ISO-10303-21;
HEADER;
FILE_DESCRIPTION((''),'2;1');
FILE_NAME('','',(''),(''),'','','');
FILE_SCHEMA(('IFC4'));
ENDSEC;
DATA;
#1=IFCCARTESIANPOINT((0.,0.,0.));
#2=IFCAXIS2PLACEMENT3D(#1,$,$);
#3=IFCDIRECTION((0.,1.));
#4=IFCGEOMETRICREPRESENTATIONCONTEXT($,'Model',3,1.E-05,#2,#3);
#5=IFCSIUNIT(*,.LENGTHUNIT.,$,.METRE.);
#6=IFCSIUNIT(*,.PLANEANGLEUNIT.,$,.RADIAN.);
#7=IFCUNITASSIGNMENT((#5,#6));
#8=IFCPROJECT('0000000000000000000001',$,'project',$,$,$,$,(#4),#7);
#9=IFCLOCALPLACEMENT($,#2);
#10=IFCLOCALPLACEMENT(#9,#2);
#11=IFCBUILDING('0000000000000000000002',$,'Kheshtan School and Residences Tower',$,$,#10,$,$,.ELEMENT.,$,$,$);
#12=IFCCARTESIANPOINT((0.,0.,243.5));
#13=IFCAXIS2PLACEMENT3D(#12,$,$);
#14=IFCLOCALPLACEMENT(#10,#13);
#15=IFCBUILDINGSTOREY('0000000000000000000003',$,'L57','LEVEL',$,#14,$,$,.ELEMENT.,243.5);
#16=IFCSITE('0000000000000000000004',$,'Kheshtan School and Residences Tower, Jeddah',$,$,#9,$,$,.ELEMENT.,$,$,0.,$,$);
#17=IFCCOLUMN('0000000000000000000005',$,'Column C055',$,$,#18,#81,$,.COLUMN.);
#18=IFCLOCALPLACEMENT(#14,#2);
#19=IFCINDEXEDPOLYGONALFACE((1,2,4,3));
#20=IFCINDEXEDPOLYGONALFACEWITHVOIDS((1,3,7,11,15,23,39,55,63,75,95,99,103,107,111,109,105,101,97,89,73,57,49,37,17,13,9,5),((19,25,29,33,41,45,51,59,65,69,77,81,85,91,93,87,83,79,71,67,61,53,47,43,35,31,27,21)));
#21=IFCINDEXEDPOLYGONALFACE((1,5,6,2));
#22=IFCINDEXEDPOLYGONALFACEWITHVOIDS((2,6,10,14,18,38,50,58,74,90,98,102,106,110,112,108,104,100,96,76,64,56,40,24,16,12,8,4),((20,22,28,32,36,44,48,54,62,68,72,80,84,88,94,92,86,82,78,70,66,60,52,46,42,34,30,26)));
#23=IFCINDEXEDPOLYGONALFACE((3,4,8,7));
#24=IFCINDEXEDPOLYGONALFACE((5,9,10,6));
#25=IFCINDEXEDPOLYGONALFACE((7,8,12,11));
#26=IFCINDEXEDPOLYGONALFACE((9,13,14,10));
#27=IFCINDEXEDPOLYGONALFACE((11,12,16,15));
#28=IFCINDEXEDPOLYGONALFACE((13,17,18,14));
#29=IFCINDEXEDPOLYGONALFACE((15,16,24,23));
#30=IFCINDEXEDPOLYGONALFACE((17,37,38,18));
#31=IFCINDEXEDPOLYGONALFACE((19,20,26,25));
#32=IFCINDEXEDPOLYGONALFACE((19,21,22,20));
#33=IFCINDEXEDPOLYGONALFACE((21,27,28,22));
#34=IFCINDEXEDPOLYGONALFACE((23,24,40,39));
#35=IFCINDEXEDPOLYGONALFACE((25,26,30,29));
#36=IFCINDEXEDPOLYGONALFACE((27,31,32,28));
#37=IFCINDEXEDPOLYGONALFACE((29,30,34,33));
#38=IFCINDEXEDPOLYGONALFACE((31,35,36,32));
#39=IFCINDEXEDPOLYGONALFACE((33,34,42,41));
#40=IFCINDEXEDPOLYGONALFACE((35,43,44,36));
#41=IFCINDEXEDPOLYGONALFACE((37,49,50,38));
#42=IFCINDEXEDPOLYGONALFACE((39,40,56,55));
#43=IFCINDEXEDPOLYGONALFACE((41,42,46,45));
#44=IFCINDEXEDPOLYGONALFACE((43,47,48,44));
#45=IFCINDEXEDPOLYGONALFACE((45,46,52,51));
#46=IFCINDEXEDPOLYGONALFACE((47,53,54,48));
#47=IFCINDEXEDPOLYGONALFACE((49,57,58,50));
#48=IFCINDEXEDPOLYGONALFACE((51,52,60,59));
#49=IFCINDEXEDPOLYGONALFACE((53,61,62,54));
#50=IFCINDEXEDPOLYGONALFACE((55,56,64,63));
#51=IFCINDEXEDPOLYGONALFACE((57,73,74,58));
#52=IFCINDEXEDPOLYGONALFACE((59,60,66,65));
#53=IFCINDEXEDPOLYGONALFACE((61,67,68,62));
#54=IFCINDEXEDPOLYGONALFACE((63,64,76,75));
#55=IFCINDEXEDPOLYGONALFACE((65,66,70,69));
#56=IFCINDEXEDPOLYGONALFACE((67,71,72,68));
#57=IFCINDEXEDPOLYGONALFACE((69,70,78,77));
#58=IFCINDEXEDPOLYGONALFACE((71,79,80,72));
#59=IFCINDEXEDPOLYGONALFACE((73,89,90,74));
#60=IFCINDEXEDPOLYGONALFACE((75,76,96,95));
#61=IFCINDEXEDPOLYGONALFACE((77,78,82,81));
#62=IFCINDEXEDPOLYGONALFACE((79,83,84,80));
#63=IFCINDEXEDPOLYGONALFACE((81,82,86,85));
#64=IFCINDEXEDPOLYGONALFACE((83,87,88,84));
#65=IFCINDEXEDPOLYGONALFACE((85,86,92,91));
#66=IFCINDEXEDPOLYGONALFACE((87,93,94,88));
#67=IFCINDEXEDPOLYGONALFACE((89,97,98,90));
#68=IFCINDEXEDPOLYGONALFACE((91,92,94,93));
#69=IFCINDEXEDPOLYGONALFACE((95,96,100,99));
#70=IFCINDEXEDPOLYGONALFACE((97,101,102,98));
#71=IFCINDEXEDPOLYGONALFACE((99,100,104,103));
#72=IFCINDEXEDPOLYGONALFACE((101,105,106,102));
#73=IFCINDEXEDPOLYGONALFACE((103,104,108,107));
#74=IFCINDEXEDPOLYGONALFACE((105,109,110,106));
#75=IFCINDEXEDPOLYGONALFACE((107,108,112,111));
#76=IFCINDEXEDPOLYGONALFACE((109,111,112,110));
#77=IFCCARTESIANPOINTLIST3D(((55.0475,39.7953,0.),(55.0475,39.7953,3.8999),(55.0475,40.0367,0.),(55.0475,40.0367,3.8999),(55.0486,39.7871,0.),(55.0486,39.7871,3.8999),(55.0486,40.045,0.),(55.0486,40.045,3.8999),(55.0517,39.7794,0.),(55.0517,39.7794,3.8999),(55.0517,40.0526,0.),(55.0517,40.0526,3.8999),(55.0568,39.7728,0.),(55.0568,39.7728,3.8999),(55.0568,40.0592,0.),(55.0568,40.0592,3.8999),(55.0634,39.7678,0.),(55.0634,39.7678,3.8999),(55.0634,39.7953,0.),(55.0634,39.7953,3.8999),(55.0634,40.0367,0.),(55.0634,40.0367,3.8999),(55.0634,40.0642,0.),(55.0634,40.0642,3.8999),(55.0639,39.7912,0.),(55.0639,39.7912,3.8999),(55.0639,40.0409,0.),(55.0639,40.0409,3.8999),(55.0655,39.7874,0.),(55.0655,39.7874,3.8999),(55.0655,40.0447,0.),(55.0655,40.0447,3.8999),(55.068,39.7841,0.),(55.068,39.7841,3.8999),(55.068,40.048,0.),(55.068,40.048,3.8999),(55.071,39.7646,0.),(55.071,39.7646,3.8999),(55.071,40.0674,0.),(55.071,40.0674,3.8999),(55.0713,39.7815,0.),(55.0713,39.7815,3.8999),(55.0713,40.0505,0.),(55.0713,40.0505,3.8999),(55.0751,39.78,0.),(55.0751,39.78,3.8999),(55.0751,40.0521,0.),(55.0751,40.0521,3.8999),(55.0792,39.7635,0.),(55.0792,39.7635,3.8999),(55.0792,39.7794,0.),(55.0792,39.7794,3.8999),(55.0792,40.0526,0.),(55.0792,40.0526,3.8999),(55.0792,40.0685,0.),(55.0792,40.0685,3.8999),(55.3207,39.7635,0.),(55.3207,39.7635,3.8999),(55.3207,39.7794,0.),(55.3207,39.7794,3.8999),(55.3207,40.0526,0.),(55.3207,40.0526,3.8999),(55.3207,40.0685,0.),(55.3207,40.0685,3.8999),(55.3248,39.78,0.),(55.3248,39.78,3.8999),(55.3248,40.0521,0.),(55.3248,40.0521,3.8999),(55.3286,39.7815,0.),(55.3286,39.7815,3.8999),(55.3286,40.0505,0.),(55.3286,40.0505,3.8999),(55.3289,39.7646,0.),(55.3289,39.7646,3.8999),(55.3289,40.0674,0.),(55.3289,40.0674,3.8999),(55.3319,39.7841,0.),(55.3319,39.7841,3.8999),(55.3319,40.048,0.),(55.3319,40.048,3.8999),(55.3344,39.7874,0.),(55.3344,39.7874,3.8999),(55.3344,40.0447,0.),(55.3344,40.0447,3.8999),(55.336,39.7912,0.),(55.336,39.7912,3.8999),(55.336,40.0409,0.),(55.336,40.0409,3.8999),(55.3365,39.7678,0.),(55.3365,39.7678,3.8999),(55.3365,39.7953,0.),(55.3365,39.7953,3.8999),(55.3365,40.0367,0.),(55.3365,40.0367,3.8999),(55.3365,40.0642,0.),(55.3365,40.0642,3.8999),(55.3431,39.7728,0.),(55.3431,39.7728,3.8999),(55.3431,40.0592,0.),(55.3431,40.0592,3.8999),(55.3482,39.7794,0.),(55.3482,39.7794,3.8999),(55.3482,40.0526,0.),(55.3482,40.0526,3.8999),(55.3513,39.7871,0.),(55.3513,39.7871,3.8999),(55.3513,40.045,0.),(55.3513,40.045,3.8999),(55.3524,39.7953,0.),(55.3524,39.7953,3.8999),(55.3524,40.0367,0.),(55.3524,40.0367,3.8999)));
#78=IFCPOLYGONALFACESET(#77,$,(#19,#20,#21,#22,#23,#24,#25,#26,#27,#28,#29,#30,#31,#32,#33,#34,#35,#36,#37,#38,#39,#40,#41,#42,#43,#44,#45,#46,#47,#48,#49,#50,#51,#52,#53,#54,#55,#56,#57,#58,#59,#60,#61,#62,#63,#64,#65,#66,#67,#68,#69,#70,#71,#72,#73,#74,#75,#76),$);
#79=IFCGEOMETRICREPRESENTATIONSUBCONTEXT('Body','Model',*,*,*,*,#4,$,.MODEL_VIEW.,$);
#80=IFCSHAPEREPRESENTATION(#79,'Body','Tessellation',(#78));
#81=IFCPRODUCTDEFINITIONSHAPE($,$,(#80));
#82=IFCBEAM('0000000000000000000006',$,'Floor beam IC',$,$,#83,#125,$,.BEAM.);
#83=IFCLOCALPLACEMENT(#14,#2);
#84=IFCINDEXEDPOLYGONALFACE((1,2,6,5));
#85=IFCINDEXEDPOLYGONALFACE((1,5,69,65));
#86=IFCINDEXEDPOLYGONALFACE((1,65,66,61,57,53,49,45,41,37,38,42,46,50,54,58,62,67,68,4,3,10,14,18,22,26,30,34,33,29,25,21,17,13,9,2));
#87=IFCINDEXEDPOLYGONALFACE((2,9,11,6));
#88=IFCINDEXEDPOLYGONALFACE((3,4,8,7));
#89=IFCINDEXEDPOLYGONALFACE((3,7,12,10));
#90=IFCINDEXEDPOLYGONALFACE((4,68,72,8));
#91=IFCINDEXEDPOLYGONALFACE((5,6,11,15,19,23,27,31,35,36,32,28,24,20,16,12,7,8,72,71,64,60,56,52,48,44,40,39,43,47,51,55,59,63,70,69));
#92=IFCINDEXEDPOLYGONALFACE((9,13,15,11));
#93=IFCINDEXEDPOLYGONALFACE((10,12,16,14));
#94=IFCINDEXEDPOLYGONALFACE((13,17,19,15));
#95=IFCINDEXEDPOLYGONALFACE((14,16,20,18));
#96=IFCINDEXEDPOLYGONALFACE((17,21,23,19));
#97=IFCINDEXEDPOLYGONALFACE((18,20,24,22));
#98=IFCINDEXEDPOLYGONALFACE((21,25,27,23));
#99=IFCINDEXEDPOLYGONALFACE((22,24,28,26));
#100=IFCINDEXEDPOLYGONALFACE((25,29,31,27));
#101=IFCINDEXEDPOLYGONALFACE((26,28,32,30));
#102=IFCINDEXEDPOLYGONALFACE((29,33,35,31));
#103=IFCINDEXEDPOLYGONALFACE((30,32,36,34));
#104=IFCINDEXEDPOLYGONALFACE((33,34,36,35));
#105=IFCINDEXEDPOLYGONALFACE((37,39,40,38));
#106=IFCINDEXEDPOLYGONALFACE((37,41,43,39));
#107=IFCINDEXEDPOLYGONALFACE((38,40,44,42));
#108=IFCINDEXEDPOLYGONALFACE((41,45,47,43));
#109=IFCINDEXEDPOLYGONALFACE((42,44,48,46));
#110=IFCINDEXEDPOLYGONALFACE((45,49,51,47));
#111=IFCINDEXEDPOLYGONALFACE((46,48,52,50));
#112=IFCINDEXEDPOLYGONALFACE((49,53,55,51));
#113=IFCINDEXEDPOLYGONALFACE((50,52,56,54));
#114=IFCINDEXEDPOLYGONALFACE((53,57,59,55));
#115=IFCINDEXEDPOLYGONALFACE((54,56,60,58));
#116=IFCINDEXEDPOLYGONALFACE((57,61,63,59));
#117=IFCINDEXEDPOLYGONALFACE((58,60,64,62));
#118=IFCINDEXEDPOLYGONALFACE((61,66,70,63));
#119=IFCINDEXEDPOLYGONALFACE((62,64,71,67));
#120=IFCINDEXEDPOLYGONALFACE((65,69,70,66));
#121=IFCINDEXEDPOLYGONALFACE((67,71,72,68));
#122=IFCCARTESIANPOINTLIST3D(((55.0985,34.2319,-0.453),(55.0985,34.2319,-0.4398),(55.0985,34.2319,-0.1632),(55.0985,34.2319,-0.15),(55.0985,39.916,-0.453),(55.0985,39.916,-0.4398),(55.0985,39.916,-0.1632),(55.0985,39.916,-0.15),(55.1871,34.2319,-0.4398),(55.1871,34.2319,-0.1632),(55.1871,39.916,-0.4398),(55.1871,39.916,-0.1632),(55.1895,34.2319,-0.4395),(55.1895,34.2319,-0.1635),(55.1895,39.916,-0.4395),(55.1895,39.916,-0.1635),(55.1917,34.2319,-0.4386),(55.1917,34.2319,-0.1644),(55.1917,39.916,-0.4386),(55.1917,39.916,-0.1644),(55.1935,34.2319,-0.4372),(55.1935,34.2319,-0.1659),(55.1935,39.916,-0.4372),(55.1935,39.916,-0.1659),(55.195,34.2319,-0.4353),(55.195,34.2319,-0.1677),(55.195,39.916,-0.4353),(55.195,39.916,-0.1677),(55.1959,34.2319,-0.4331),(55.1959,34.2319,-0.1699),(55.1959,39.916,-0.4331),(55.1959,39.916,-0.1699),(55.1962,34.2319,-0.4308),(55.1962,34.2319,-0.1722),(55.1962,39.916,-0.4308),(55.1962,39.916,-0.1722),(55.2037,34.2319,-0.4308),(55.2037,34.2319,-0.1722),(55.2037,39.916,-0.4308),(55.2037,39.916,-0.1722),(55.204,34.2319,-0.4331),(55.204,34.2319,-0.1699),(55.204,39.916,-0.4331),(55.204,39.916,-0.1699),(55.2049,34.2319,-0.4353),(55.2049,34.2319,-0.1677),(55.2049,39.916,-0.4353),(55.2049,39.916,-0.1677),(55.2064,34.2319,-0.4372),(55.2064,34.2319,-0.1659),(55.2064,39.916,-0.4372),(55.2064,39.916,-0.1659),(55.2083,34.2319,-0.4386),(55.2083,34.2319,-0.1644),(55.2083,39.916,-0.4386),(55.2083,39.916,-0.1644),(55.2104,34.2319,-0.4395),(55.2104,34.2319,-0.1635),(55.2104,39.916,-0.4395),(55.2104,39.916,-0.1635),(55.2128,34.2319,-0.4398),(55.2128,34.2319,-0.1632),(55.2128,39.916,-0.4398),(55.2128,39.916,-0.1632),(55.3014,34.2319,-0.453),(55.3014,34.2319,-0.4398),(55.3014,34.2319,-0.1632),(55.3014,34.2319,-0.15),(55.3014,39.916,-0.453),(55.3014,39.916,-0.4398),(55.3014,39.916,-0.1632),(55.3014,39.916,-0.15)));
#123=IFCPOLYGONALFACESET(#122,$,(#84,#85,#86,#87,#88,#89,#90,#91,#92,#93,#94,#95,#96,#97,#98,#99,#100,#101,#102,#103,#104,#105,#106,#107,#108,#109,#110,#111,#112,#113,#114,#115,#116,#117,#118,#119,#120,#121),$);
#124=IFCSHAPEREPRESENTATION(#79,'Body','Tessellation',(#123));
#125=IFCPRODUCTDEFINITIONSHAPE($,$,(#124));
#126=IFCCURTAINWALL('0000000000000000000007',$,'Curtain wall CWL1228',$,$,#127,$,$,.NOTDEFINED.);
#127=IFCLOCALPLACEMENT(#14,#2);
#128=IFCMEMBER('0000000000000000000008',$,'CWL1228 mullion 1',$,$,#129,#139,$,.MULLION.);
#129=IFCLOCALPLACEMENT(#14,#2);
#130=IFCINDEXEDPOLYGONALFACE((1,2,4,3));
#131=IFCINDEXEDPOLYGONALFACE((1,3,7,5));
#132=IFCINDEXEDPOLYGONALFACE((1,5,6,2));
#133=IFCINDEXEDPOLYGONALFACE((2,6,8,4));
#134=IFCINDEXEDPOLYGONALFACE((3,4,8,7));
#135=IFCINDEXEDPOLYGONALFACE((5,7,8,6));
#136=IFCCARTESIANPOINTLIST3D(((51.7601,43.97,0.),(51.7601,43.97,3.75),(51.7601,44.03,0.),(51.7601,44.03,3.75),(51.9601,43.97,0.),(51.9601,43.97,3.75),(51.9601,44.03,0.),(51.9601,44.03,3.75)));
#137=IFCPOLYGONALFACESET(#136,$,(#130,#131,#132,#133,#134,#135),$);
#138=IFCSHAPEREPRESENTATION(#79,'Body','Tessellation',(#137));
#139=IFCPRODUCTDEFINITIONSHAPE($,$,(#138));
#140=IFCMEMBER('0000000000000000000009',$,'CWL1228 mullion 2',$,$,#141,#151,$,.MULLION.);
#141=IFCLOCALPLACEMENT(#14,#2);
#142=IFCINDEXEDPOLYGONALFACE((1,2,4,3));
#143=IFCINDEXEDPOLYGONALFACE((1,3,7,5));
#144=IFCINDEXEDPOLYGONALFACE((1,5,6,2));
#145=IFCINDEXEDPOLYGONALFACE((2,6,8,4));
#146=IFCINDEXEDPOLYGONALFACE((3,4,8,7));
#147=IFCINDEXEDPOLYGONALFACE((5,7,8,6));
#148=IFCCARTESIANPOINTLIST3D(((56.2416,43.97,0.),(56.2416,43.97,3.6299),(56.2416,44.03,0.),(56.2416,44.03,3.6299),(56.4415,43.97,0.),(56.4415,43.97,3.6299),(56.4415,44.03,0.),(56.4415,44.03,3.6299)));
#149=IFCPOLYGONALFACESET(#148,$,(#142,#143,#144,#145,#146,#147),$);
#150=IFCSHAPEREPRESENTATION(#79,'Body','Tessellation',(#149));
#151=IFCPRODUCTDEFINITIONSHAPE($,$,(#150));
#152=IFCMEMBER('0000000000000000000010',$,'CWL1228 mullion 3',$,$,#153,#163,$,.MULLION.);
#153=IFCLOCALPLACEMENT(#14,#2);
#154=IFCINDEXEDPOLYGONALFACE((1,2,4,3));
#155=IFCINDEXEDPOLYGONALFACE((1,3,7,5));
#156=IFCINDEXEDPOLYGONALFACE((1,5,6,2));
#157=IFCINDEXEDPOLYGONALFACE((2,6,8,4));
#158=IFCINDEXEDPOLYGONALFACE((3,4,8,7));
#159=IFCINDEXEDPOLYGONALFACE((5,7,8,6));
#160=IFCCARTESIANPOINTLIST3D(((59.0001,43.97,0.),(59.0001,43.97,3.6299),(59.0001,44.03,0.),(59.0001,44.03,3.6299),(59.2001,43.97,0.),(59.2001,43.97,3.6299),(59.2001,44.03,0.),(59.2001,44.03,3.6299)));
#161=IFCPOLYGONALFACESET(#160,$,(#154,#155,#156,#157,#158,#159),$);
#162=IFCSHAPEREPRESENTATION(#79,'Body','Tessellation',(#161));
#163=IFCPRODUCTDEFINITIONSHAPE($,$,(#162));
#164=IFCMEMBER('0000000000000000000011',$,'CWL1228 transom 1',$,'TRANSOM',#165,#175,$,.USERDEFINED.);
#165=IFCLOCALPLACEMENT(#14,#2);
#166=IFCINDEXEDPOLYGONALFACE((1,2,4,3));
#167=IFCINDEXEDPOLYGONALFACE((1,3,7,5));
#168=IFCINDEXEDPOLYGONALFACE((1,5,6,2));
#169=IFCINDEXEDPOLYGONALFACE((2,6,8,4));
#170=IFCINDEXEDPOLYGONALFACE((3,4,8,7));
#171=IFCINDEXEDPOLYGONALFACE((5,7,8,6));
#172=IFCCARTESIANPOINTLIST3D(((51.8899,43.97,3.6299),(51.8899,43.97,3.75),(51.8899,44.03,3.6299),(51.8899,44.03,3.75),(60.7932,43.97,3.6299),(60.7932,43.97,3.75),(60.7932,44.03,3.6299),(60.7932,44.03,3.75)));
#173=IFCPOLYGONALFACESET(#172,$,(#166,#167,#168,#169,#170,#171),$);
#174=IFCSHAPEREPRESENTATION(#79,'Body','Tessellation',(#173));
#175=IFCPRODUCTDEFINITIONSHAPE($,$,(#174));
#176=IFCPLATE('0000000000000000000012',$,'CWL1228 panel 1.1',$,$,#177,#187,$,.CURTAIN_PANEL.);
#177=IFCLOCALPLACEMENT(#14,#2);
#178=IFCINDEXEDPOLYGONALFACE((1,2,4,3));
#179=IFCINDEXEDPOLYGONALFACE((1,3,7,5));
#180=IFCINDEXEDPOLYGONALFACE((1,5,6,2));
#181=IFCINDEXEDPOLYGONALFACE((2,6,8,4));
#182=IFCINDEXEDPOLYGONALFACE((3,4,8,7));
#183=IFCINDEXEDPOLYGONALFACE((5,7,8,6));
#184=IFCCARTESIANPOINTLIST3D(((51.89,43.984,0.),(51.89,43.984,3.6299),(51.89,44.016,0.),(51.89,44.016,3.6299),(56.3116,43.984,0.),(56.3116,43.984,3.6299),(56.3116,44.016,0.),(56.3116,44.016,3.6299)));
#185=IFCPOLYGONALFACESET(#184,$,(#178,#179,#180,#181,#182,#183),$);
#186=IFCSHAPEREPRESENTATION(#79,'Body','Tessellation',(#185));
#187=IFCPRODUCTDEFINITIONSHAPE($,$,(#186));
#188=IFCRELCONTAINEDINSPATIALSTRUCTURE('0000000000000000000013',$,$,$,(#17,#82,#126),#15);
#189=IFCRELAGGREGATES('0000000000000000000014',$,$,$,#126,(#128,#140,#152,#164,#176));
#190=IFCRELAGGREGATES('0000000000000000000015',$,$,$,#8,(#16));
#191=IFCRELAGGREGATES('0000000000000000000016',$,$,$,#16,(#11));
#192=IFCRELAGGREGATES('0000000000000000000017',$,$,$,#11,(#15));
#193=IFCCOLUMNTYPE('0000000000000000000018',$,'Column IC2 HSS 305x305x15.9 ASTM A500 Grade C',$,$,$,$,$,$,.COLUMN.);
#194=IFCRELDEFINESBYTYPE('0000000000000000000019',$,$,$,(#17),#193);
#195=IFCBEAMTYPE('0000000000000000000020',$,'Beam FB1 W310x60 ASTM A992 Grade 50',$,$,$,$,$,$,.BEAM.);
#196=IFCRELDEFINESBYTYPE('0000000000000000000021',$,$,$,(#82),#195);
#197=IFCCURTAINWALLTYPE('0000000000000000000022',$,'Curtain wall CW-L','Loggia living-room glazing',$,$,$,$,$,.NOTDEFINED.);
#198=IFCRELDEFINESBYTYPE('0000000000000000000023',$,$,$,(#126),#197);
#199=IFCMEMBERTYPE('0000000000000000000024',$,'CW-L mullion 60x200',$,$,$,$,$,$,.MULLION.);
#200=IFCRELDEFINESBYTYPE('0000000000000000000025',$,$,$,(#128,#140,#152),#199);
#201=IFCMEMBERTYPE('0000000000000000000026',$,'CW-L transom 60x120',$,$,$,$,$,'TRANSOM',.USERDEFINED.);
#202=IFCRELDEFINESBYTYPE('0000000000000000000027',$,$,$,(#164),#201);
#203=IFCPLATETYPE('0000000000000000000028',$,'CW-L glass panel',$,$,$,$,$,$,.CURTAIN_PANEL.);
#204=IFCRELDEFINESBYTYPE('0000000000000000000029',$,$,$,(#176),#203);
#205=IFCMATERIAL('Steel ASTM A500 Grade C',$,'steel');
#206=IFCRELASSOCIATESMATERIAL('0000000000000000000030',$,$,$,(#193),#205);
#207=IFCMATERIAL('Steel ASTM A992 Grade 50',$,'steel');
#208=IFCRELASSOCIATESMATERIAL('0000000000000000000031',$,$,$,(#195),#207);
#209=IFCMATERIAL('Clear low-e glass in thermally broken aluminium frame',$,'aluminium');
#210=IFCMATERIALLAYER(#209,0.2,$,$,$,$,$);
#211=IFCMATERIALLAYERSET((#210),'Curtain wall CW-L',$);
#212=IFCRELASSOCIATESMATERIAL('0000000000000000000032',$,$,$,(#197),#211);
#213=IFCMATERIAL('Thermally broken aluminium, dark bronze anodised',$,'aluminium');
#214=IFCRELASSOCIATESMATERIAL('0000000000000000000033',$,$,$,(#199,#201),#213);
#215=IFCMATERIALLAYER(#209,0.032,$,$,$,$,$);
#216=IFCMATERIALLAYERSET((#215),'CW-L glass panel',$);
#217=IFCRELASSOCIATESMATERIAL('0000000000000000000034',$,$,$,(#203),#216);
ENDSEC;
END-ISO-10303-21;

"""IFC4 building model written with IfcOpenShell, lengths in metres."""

from ifc_helpers import new_model, si_unit, direction, frame, origin, origin_2d, place, context, subcontext, project, spatial, rectangle, hollow_rectangle, i_section, extrude, material, layer, layer_set, material_profile, profile_set, type_object, element, aggregate, save


model = new_model("IFC4")

# Units and contexts
model_context = context("Model", 3, precision=1e-05, world=origin(), true_north=direction((0.0, 1.0)))
body_context = subcontext(model_context, "Body", "Model", "MODEL_VIEW")
ifc_project = project(units=[si_unit("LENGTHUNIT", "METRE"), si_unit("PLANEANGLEUNIT", "RADIAN")], contexts=[model_context])

# Site, building, storey
site_placement = place(None, origin())
site = spatial("IfcSite", under=ifc_project, at=site_placement, Name="Kheshtan School and Residences Tower, Jeddah", CompositionType="ELEMENT", RefElevation=0.0)
building_placement = place(site_placement, origin())
building = spatial("IfcBuilding", under=site, at=building_placement, Name="Kheshtan School and Residences Tower", CompositionType="ELEMENT")
storey_placement = place(building_placement, frame((0.0, 0.0, 243.5)))
storey = spatial("IfcBuildingStorey", under=building, at=storey_placement, Name="L57", Description="LEVEL", CompositionType="ELEMENT", Elevation=243.5)

# Column
ifc_material_1 = material(Name="Steel ASTM A500 Grade C", Category="steel")
ifc_material_profile_1 = material_profile(ifc_material_1, hollow_rectangle(XDim=0.3049, YDim=0.3049, WallThickness=0.0159, InnerFilletRadius=0.0159, OuterFilletRadius=0.0317, at=origin_2d()), Name="HSS 305x305x15.9")
ifc_profile_set_1 = profile_set([ifc_material_profile_1], Name="Steel ASTM A500 Grade C")
column_type = type_object("IfcColumnType", Name="Column IC2 HSS 305x305x15.9 ASTM A500 Grade C", PredefinedType="COLUMN", material=ifc_profile_set_1)
column_placement = place(storey_placement, frame((55.2, 39.916, 0.0), z_axis=(0.0, 0.0, 1.0), x_axis=(1.0, 0.0, 0.0)))
element("IfcColumn", 1, at=column_placement, inside=storey, type_object=column_type, Name="Column C055", PredefinedType="COLUMN", context=body_context, shape_type="SweptSolid", body=[
    extrude(hollow_rectangle(XDim=0.3049, YDim=0.3049, WallThickness=0.0159, InnerFilletRadius=0.0159, OuterFilletRadius=0.0317, at=origin_2d()), origin(), (0.0, 0.0, 1.0), 3.8999),
])

# Beam
ifc_material_2 = material(Name="Steel ASTM A992 Grade 50", Category="steel")
ifc_material_profile_2 = material_profile(ifc_material_2, i_section(OverallWidth=0.2029, OverallDepth=0.303, WebThickness=0.0076, FlangeThickness=0.0132, FilletRadius=0.009, at=origin_2d()), Name="W310x60")
ifc_profile_set_2 = profile_set([ifc_material_profile_2], Name="Steel ASTM A992 Grade 50")
beam_type = type_object("IfcBeamType", Name="Beam FB1 W310x60 ASTM A992 Grade 50", PredefinedType="BEAM", material=ifc_profile_set_2)
beam_placement = place(storey_placement, frame((55.2, 34.2319, -0.3015), z_axis=(0.0, 1.0, 0.0), x_axis=(-1.0, 0.0, 0.0)))
element("IfcBeam", 2, at=beam_placement, inside=storey, type_object=beam_type, Name="Floor beam IC", PredefinedType="BEAM", context=body_context, shape_type="SweptSolid", body=[
    extrude(i_section(OverallWidth=0.2029, OverallDepth=0.303, WebThickness=0.0076, FlangeThickness=0.0132, FilletRadius=0.009, at=origin_2d()), origin(), (0.0, 0.0, 1.0), 5.6841),
])

# Curtain wall, members, plate
ifc_material_3 = material(Name="Clear low-e glass in thermally broken aluminium frame", Category="aluminium")
ifc_layer_1 = layer(ifc_material_3, 0.2)
ifc_layer_set_1 = layer_set([ifc_layer_1], Name="Curtain wall CW-L")
curtain_wall_type = type_object("IfcCurtainWallType", Name="Curtain wall CW-L", Description="Loggia living-room glazing", PredefinedType="NOTDEFINED", material=ifc_layer_set_1)
curtain_wall_placement = place(storey_placement, origin())
curtain_wall = element("IfcCurtainWall", 3, at=curtain_wall_placement, inside=storey, type_object=curtain_wall_type, Name="Curtain wall CWL1228", PredefinedType="NOTDEFINED")
ifc_material_4 = material(Name="Thermally broken aluminium, dark bronze anodised", Category="aluminium")
ifc_material_profile_3 = material_profile(ifc_material_4, rectangle(XDim=0.0601, YDim=0.2, at=origin_2d()), Name="CW-L mullion 60x200")
ifc_profile_set_3 = profile_set([ifc_material_profile_3], Name="Thermally broken aluminium, dark bronze anodised")
member_type_1 = type_object("IfcMemberType", Name="CW-L mullion 60x200", PredefinedType="MULLION", material=ifc_profile_set_3)
member_1_placement = place(storey_placement, frame((51.8601, 44.0, 0.0), z_axis=(0.0, 0.0, 1.0), x_axis=(0.0, 1.0, 0.0)))
member_1 = element("IfcMember", 4, at=member_1_placement, type_object=member_type_1, Name="CWL1228 mullion 1", PredefinedType="MULLION", context=body_context, shape_type="SweptSolid", body=[
    extrude(rectangle(XDim=0.0601, YDim=0.2, at=origin_2d()), origin(), (0.0, 0.0, 1.0), 3.75),
])
member_2_placement = place(storey_placement, frame((56.3416, 44.0, 0.0), z_axis=(0.0, 0.0, 1.0), x_axis=(0.0, 1.0, 0.0)))
member_2 = element("IfcMember", 5, at=member_2_placement, type_object=member_type_1, Name="CWL1228 mullion 2", PredefinedType="MULLION", context=body_context, shape_type="SweptSolid", body=[
    extrude(rectangle(XDim=0.0601, YDim=0.2, at=origin_2d()), origin(), (0.0, 0.0, 1.0), 3.6299),
])
member_3_placement = place(storey_placement, frame((59.1001, 44.0, 0.0), z_axis=(0.0, 0.0, 1.0), x_axis=(0.0, 1.0, 0.0)))
member_3 = element("IfcMember", 6, at=member_3_placement, type_object=member_type_1, Name="CWL1228 mullion 3", PredefinedType="MULLION", context=body_context, shape_type="SweptSolid", body=[
    extrude(rectangle(XDim=0.0601, YDim=0.2, at=origin_2d()), origin(), (0.0, 0.0, 1.0), 3.6299),
])
ifc_material_profile_4 = material_profile(ifc_material_4, rectangle(XDim=0.0601, YDim=0.1201, at=origin_2d()), Name="CW-L transom 60x120")
ifc_profile_set_4 = profile_set([ifc_material_profile_4], Name="Thermally broken aluminium, dark bronze anodised")
member_type_2 = type_object("IfcMemberType", Name="CW-L transom 60x120", ElementType="TRANSOM", PredefinedType="USERDEFINED", material=ifc_profile_set_4)
member_4_placement = place(storey_placement, frame((51.8899, 44.0, 3.6899), z_axis=(1.0, 0.0, 0.0), x_axis=(0.0, 1.0, 0.0)))
member_4 = element("IfcMember", 7, at=member_4_placement, type_object=member_type_2, Name="CWL1228 transom 1", ObjectType="TRANSOM", PredefinedType="USERDEFINED", context=body_context, shape_type="SweptSolid", body=[
    extrude(rectangle(XDim=0.0601, YDim=0.1201, at=origin_2d()), origin(), (0.0, 0.0, 1.0), 8.9033),
])
ifc_layer_2 = layer(ifc_material_3, 0.032)
ifc_layer_set_2 = layer_set([ifc_layer_2], Name="CW-L glass panel")
plate_type = type_object("IfcPlateType", Name="CW-L glass panel", PredefinedType="CURTAIN_PANEL", material=ifc_layer_set_2)
plate_1_placement = place(storey_placement, frame((54.1008, 44.0, 0.0), z_axis=(0.0, 0.0, 1.0), x_axis=(1.0, 0.0, 0.0)))
plate_1 = element("IfcPlate", 8, at=plate_1_placement, type_object=plate_type, Name="CWL1228 panel 1.1", PredefinedType="CURTAIN_PANEL", context=body_context, shape_type="SweptSolid", body=[
    extrude(rectangle(XDim=4.4216, YDim=0.032, at=origin_2d()), origin(), (0.0, 0.0, 1.0), 3.6299),
])
aggregate(curtain_wall, [member_1, member_2, member_3, member_4, plate_1])

save(model, "model.ifc")
